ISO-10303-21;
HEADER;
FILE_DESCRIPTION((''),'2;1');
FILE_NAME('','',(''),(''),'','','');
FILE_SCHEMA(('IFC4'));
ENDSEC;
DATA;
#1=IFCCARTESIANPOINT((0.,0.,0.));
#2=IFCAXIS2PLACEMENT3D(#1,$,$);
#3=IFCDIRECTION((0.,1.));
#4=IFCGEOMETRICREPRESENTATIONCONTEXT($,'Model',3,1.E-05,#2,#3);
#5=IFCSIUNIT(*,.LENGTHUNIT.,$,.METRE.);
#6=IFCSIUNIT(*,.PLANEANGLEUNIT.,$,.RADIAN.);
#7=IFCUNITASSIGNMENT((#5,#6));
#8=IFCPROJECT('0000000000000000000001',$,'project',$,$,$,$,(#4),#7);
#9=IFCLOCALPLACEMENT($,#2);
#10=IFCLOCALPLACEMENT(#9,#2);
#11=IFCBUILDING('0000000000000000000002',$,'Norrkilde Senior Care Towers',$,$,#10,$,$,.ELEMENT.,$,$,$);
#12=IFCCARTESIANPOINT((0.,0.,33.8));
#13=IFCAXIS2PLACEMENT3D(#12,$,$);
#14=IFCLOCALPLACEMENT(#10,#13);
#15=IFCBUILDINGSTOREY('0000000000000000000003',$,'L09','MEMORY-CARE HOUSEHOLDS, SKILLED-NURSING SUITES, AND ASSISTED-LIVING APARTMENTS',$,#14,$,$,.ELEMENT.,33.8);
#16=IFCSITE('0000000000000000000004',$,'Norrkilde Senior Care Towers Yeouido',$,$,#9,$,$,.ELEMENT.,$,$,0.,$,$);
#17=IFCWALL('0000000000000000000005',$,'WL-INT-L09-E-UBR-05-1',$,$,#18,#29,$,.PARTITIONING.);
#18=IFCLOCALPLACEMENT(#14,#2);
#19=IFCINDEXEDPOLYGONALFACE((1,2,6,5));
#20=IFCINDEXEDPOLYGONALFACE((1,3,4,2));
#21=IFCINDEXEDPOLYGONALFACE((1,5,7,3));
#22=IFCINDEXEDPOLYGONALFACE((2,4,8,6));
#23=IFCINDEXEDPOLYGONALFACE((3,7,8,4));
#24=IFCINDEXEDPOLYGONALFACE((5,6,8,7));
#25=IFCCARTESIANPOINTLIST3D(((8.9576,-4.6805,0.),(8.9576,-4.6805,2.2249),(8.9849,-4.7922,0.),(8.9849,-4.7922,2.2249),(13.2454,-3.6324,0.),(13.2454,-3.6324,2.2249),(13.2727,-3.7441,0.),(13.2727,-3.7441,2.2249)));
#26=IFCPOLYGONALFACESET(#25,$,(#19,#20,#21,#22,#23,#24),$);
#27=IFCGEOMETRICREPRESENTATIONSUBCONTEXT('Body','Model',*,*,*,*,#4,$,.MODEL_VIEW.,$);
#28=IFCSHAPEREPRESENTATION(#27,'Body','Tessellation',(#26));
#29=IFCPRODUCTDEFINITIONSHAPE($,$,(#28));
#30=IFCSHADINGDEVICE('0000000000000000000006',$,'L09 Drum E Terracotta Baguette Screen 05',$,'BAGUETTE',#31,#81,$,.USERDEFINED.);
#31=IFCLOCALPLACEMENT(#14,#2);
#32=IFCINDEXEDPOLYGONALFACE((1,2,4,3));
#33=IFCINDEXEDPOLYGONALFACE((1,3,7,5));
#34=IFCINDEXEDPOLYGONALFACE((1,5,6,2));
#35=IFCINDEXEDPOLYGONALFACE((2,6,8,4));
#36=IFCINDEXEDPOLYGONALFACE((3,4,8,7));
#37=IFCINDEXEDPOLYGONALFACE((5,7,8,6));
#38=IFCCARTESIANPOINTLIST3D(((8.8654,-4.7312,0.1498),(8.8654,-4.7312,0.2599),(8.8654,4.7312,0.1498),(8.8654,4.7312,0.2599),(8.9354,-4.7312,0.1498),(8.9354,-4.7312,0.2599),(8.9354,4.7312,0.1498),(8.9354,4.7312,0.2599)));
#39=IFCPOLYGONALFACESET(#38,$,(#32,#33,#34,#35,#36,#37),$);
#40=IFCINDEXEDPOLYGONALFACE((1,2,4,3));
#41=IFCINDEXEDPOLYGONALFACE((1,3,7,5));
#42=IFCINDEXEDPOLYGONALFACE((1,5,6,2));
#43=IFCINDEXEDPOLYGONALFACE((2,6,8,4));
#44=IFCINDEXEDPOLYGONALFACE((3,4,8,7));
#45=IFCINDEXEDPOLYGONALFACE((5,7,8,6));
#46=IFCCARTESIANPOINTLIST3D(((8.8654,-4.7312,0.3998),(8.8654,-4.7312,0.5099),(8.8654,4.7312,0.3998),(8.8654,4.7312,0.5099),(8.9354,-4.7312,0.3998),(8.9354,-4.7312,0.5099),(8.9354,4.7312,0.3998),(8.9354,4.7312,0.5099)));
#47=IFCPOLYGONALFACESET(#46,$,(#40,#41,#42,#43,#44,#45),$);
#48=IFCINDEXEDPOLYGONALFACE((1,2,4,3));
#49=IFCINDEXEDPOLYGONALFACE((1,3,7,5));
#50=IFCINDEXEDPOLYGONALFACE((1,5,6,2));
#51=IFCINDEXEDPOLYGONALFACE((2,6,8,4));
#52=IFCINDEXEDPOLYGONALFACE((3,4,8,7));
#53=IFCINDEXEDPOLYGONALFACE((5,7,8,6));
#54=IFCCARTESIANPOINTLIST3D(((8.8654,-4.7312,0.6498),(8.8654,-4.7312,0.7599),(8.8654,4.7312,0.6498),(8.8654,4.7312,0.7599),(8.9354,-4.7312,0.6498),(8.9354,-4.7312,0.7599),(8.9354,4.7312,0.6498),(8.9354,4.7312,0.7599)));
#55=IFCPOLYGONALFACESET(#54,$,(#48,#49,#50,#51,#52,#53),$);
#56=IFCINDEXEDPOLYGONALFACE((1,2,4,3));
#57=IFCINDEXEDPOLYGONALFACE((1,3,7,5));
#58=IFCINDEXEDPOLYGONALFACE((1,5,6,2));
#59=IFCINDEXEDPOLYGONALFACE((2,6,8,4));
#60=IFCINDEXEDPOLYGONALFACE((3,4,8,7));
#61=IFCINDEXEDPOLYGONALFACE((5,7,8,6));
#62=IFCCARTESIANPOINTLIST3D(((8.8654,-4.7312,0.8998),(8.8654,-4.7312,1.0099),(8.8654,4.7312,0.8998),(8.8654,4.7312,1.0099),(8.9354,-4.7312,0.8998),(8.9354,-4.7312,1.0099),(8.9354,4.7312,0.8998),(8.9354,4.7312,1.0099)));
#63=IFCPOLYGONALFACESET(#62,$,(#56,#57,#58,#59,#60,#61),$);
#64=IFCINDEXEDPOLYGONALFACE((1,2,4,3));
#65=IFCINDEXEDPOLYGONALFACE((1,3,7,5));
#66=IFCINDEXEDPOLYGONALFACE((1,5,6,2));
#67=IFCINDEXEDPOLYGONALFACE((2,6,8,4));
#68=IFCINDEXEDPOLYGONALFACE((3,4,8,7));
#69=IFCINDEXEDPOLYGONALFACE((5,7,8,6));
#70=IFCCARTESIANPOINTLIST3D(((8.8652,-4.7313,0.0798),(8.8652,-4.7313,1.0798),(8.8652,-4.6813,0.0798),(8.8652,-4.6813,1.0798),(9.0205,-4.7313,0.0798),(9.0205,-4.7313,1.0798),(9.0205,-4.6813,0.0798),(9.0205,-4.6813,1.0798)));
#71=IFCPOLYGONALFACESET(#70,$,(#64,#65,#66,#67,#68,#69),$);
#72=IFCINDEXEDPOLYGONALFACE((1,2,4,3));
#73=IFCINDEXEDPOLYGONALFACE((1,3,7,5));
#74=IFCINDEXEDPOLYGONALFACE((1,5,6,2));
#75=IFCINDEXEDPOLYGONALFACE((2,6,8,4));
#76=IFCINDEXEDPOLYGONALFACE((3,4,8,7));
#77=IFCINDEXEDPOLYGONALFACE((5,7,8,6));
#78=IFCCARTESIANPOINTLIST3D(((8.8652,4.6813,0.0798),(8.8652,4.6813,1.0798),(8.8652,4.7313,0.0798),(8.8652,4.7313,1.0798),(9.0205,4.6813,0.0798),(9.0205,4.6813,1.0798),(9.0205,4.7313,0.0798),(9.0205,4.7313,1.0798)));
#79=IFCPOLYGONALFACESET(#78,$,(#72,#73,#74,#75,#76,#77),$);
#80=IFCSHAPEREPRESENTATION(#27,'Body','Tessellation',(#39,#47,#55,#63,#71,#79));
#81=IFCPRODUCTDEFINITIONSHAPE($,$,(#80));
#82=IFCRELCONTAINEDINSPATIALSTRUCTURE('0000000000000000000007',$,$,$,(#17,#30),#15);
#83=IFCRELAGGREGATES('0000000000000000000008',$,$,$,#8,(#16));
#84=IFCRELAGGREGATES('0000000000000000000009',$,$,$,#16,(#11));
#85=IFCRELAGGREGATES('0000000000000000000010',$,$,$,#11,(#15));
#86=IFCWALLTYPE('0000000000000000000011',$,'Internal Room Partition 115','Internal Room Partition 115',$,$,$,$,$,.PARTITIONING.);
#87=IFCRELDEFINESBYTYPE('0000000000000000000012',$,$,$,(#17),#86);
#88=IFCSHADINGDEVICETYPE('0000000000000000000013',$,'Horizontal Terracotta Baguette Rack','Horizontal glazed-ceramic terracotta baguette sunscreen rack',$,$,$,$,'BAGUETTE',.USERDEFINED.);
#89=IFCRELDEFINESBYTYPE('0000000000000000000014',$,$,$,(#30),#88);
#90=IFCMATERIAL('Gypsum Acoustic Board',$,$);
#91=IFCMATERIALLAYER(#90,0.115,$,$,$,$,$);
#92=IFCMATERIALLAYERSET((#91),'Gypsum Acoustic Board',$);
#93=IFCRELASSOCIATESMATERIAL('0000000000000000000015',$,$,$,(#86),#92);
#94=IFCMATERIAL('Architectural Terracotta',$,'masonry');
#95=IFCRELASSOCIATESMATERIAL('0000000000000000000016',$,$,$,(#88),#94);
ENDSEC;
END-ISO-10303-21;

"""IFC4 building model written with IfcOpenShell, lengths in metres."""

from ifc_helpers import new_model, si_unit, direction, frame, frame_2d, origin, origin_2d, place, context, subcontext, project, spatial, rectangle, extrude, source, transform, mapped, material, layer, layer_set, type_object, type_shapes, element, save


model = new_model("IFC4")

# Units and contexts
model_context = context("Model", 3, precision=1e-05, world=origin(), true_north=direction((0.0, 1.0)))
body_context = subcontext(model_context, "Body", "Model", "MODEL_VIEW")
ifc_project = project(units=[si_unit("LENGTHUNIT", "METRE"), si_unit("PLANEANGLEUNIT", "RADIAN")], contexts=[model_context])

# Site, building, storey
site_placement = place(None, origin())
site = spatial("IfcSite", under=ifc_project, at=site_placement, Name="Norrkilde Senior Care Towers Yeouido", CompositionType="ELEMENT", RefElevation=0.0)
building_placement = place(site_placement, origin())
building = spatial("IfcBuilding", under=site, at=building_placement, Name="Norrkilde Senior Care Towers", CompositionType="ELEMENT")
storey_placement = place(building_placement, frame((0.0, 0.0, 33.8)))
storey = spatial("IfcBuildingStorey", under=building, at=storey_placement, Name="L09", Description="MEMORY-CARE HOUSEHOLDS, SKILLED-NURSING SUITES, AND ASSISTED-LIVING APARTMENTS", CompositionType="ELEMENT", Elevation=33.8)

# Shared definitions
ifc_material_1 = material(Name="Gypsum Acoustic Board")

# Shared definitions
ifc_layer_1 = layer(ifc_material_1, 0.115)
ifc_layer_set_1 = layer_set([ifc_layer_1], Name="Gypsum Acoustic Board")
wall_type_1 = type_object("IfcWallType", Name="Internal Room Partition 115", Description="Internal Room Partition 115", PredefinedType="PARTITIONING", material=ifc_layer_set_1)

# Wall
shared_shape_1 = source(origin(), body_context, "Body", "SweptSolid", [
    extrude(rectangle(XDim=4.4141, YDim=0.115, at=frame_2d((2.207, 0.0))), origin(), (0.0, 0.0, 1.0), 2.2249),
])
wall_1_placement = place(storey_placement, frame((13.259, -3.6882, 0.0), z_axis=(0.0, 0.0, 1.0), x_axis=(-0.971401, -0.237444, 0.0)))
element("IfcWall", 1, at=wall_1_placement, inside=storey, type_object=wall_type_1, Name="WL-INT-L09-E-UBR-05-1", PredefinedType="PARTITIONING", context=body_context, shape_type="MappedRepresentation", body=[
    mapped(shared_shape_1, transform((0.0, 0.0, 0.0), x_axis=(1.0, 0.0, 0.0), y_axis=(0.0, 1.0, 0.0), z_axis=(0.0, 0.0, 1.0), scale=1.0)),
])

# Shading device
ifc_material_2 = material(Name="Architectural Terracotta", Category="masonry")
shading_device_type = type_object("IfcShadingDeviceType", Name="Horizontal Terracotta Baguette Rack", Description="Horizontal glazed-ceramic terracotta baguette sunscreen rack", ElementType="BAGUETTE", PredefinedType="USERDEFINED", material=ifc_material_2)
shared_shape_2 = source(origin(), body_context, "Body", "SweptSolid", [
    extrude(rectangle(XDim=0.0701, YDim=0.1101, at=origin_2d()), frame((0.0, 0.0901, 0.125), z_axis=(1.0, 0.0, 0.0), x_axis=(0.0, 1.0, 0.0)), (0.0, 0.0, 1.0), 9.4624),
    extrude(rectangle(XDim=0.0701, YDim=0.1101, at=origin_2d()), frame((0.0, 0.0901, 0.375), z_axis=(1.0, 0.0, 0.0), x_axis=(0.0, 1.0, 0.0)), (0.0, 0.0, 1.0), 9.4624),
    extrude(rectangle(XDim=0.0701, YDim=0.1101, at=origin_2d()), frame((0.0, 0.0901, 0.625), z_axis=(1.0, 0.0, 0.0), x_axis=(0.0, 1.0, 0.0)), (0.0, 0.0, 1.0), 9.4624),
    extrude(rectangle(XDim=0.0701, YDim=0.1101, at=origin_2d()), frame((0.0, 0.0901, 0.875), z_axis=(1.0, 0.0, 0.0), x_axis=(0.0, 1.0, 0.0)), (0.0, 0.0, 1.0), 9.4624),
    extrude(rectangle(XDim=0.05, YDim=0.1553, at=origin_2d()), frame((0.0249, 0.0476, 0.0)), (0.0, 0.0, 1.0), 1.0),
    extrude(rectangle(XDim=0.05, YDim=0.1553, at=origin_2d()), frame((9.4375, 0.0476, 0.0)), (0.0, 0.0, 1.0), 1.0),
])
type_shapes(shading_device_type, [shared_shape_2])
shading_device_placement = place(storey_placement, frame((8.9905, -4.7312, 0.0798), z_axis=(0.0, 0.0, 1.0), x_axis=(0.0, 1.0, 0.0)))
element("IfcShadingDevice", 2, at=shading_device_placement, inside=storey, type_object=shading_device_type, Name="L09 Drum E Terracotta Baguette Screen 05", ObjectType="BAGUETTE", PredefinedType="USERDEFINED", context=body_context, shape_type="MappedRepresentation", body=[
    mapped(shared_shape_2, transform((0.0, 0.0, 0.0), x_axis=(1.0, 0.0, 0.0), y_axis=(0.0, 1.0, 0.0), z_axis=(0.0, 0.0, 1.0), scale=1.0)),
])

save(model, "model.ifc")
